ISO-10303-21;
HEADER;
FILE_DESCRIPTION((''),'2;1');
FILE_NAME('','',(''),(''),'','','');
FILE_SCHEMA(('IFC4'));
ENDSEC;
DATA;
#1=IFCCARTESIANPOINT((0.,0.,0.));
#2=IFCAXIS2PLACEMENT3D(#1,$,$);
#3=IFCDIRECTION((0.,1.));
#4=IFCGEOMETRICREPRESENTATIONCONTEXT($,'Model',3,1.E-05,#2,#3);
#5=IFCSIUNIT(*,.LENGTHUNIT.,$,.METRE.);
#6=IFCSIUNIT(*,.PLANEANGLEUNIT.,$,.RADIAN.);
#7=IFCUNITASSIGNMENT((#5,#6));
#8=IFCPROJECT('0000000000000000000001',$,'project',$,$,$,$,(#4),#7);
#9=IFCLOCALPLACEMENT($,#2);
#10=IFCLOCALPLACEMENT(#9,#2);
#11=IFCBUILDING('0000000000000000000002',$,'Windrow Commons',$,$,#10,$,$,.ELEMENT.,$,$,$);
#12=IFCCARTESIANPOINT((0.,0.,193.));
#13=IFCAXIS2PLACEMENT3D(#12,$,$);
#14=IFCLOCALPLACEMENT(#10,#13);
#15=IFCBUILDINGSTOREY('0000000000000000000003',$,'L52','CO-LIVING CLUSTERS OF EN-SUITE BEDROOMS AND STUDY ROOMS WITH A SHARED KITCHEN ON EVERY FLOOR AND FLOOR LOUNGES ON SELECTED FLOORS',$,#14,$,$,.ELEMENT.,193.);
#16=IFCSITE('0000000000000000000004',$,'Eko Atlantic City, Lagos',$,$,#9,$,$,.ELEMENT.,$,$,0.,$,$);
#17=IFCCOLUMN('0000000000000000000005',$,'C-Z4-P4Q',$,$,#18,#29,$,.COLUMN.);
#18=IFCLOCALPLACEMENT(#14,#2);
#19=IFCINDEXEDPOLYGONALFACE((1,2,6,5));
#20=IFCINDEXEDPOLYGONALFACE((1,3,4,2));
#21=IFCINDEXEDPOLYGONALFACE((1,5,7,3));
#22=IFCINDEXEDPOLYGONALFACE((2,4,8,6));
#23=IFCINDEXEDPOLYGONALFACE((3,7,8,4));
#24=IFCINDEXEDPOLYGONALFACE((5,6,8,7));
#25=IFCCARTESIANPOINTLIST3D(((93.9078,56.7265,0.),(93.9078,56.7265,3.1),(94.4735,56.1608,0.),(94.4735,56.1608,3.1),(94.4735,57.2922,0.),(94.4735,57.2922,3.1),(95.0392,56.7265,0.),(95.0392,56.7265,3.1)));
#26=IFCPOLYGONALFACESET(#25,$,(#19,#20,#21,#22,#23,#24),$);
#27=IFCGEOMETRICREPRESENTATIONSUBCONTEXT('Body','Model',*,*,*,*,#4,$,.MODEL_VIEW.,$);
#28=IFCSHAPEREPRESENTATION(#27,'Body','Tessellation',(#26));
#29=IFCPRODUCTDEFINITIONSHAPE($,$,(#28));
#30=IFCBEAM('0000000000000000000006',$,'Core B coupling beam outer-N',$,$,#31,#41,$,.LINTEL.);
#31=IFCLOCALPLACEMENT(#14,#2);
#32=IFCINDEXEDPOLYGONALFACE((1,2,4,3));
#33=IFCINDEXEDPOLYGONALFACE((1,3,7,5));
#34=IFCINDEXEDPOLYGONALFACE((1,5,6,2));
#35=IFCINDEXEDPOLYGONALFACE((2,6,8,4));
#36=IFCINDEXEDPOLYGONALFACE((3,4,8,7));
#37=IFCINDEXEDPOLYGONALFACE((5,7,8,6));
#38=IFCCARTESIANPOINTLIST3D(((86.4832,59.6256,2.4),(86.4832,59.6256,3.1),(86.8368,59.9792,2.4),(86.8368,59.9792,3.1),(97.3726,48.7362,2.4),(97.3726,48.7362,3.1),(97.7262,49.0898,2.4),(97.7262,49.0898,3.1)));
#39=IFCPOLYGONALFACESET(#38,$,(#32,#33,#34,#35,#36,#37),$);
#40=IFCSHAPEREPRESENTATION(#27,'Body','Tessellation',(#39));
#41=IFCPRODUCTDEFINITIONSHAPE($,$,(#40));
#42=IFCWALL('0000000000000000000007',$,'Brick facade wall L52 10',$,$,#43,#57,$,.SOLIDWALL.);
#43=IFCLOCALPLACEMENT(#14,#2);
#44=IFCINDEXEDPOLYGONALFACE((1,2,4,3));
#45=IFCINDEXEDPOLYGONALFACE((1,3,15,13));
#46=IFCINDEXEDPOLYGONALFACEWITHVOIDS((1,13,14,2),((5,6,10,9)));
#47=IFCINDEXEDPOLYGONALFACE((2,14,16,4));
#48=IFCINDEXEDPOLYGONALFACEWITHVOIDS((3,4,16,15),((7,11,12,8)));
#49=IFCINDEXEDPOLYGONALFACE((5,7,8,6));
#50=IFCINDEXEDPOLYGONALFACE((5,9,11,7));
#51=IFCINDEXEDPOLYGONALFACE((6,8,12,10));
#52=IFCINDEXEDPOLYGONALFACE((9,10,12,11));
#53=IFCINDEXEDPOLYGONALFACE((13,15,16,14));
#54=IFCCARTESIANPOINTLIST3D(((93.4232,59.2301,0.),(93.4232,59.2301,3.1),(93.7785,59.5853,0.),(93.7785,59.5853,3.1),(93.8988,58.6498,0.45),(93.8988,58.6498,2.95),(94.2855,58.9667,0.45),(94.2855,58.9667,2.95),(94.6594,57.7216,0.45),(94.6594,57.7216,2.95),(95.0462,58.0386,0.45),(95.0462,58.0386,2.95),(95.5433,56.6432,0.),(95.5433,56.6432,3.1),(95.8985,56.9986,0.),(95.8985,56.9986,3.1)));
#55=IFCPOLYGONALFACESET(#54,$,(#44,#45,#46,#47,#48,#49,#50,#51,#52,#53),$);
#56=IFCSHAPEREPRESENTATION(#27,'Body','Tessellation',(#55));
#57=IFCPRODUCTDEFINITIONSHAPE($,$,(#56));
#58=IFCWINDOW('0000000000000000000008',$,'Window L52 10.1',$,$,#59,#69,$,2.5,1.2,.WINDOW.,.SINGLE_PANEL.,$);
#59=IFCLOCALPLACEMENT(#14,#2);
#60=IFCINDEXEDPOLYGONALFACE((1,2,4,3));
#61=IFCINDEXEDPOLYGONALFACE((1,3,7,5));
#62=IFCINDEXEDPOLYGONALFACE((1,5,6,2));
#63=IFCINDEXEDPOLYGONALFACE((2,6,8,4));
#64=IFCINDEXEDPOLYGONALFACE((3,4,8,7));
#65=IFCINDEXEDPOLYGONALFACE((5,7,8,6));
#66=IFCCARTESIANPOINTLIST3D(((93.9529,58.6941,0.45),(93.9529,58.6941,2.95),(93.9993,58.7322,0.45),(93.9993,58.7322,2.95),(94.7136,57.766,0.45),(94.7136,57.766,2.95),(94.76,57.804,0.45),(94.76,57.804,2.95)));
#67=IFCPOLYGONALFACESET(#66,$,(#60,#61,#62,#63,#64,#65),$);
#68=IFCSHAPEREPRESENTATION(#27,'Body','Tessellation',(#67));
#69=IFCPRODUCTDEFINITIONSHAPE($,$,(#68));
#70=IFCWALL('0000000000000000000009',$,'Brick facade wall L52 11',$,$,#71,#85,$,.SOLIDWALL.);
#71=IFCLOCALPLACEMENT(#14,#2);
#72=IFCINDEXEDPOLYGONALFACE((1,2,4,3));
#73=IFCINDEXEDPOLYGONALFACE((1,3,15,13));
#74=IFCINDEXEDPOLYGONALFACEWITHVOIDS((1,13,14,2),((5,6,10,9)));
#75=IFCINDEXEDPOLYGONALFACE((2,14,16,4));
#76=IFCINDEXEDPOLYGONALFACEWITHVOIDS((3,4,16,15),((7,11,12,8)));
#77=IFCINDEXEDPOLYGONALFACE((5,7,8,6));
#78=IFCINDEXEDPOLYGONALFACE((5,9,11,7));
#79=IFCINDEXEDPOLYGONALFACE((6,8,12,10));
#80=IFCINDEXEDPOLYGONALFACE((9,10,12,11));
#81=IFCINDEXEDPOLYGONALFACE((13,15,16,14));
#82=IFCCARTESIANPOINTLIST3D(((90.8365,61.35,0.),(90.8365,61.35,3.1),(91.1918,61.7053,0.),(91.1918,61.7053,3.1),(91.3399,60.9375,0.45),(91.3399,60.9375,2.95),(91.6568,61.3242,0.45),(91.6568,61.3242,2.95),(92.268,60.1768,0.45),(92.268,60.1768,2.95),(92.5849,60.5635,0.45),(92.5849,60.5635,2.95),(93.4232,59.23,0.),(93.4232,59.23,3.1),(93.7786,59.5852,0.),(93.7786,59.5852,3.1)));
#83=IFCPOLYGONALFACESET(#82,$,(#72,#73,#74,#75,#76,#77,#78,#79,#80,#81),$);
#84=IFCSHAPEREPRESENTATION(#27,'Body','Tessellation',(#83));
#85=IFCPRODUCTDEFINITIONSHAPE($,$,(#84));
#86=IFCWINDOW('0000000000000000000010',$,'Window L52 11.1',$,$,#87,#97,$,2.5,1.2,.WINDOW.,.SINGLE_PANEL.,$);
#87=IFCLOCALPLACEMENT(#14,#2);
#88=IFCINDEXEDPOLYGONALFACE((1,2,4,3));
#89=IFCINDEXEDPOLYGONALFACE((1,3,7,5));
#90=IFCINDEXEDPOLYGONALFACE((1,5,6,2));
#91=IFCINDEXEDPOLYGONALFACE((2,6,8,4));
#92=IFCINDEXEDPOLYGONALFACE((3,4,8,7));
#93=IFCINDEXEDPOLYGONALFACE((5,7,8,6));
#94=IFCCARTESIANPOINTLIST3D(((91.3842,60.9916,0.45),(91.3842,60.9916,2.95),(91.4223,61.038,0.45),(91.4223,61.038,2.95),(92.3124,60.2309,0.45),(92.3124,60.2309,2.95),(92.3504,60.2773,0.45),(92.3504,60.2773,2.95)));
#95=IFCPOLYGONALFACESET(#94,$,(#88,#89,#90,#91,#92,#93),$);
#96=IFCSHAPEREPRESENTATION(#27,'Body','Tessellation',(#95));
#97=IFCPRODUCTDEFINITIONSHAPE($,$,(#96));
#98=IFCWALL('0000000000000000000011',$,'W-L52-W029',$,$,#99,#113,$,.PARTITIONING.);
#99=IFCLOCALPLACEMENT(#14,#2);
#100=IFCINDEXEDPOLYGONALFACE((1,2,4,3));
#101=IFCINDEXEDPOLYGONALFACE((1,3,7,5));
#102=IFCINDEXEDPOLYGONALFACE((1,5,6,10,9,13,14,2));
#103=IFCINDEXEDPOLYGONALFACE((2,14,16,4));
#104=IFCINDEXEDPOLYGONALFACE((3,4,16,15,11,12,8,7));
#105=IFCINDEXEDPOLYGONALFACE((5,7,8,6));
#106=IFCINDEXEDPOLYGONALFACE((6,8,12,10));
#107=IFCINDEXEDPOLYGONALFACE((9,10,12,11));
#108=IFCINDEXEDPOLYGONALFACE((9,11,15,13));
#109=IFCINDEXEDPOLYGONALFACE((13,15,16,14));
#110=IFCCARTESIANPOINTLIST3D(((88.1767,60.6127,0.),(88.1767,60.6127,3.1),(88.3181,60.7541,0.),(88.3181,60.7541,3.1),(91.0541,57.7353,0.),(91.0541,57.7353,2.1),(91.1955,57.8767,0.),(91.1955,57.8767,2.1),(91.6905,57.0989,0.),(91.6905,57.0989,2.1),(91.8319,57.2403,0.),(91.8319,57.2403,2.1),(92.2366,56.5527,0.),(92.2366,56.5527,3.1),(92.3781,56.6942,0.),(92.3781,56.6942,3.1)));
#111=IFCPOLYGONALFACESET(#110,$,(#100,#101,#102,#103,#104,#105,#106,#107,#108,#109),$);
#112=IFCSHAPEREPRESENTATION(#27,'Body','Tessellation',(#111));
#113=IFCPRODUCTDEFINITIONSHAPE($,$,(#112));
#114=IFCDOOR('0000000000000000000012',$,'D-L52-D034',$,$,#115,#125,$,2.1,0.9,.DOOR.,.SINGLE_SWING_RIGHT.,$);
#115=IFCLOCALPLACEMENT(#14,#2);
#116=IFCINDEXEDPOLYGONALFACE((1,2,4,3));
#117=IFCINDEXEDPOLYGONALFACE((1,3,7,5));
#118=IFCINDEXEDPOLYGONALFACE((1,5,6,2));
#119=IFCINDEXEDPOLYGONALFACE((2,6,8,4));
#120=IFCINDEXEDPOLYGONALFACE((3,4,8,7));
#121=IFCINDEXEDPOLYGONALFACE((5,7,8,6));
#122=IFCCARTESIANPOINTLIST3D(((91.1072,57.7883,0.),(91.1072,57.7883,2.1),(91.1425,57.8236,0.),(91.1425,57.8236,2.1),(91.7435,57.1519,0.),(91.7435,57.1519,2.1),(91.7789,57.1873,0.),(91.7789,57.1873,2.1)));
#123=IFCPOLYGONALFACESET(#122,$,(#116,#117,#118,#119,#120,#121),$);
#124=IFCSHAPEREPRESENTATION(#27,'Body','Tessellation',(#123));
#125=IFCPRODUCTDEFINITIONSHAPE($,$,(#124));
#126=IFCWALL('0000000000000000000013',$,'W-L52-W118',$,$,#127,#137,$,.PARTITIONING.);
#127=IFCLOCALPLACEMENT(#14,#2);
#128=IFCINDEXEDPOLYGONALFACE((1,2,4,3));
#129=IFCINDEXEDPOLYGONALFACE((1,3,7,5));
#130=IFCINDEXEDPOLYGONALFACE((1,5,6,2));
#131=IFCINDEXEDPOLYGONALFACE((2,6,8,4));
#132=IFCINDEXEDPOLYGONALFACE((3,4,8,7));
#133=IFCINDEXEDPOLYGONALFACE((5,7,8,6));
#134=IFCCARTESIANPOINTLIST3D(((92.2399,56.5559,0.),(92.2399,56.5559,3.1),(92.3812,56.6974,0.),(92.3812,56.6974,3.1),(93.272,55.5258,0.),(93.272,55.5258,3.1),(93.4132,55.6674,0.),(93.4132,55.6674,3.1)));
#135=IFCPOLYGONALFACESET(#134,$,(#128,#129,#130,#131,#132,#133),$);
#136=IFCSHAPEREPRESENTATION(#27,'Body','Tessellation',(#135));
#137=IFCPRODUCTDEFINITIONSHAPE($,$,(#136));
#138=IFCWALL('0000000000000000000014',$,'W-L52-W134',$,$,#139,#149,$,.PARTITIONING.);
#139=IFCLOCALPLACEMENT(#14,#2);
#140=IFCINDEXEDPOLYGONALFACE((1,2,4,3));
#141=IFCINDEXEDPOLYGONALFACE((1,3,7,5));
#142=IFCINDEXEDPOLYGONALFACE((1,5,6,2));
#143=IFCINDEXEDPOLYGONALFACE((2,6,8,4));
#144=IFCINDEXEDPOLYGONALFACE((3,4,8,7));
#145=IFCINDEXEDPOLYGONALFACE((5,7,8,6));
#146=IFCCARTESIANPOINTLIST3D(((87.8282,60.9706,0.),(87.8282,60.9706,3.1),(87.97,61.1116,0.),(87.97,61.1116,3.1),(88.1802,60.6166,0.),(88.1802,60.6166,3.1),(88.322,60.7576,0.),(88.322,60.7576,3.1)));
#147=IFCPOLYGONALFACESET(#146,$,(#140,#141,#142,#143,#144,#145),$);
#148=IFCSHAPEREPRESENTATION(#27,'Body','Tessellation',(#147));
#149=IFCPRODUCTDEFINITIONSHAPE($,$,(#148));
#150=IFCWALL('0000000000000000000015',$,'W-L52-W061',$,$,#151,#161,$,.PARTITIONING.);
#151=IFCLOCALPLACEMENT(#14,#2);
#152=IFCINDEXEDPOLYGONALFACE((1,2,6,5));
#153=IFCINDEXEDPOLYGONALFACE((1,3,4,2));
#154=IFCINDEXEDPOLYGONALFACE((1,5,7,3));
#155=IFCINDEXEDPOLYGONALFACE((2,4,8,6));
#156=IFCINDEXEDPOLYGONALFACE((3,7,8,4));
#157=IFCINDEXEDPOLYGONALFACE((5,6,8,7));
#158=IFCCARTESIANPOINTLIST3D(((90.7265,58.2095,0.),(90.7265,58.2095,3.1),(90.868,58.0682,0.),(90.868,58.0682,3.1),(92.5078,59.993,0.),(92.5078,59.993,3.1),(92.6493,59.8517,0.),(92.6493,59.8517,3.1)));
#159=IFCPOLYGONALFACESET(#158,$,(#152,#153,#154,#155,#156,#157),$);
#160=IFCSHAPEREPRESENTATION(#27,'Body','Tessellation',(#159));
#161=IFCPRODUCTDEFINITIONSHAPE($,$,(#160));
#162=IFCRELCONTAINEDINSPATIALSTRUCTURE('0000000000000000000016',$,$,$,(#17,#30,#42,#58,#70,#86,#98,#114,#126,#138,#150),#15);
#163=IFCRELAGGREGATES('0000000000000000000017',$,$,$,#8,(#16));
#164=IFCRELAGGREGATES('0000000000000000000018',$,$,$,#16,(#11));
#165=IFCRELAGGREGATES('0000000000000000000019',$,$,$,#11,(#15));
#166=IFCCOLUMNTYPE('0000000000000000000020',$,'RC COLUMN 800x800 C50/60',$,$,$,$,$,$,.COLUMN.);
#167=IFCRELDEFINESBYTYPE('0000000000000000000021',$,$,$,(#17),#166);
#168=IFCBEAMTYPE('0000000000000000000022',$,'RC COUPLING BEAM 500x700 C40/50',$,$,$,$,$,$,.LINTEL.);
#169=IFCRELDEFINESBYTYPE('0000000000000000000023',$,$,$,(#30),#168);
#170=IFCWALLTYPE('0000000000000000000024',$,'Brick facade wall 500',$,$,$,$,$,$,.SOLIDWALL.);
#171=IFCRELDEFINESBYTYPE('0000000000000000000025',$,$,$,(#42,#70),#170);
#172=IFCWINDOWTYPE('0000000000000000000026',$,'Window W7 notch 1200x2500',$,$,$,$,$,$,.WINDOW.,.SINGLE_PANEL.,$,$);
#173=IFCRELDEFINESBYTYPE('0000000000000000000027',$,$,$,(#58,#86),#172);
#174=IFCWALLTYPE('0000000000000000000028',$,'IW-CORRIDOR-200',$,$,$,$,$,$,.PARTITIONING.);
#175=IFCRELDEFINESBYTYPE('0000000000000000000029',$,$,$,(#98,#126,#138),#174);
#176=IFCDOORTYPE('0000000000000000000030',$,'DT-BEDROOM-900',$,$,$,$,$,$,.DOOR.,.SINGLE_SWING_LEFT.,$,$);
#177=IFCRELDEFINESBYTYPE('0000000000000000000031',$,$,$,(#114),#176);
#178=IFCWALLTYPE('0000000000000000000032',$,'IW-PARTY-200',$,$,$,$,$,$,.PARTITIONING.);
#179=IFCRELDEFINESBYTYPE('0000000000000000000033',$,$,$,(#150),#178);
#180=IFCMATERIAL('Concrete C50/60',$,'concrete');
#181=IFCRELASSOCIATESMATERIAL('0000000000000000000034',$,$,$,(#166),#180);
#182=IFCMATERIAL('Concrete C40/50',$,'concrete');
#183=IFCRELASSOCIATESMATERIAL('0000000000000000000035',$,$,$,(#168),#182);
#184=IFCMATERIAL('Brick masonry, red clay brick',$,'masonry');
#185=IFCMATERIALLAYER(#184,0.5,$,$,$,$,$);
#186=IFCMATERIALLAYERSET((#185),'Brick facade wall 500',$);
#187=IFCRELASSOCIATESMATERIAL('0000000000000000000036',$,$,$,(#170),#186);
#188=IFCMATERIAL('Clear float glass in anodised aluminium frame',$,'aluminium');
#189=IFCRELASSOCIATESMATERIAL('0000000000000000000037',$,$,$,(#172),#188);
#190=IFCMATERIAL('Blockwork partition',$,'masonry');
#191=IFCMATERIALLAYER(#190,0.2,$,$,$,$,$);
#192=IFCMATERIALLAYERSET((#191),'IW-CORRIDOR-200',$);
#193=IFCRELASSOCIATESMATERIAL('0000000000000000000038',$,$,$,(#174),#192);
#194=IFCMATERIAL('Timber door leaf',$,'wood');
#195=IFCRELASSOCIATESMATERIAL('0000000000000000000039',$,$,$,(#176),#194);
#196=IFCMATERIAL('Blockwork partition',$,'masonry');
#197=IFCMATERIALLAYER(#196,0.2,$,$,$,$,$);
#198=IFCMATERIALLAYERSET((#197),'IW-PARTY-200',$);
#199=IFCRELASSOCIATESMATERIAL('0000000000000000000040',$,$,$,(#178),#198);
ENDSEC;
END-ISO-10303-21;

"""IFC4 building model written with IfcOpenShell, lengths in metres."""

from ifc_helpers import new_model, si_unit, direction, frame, frame_2d, origin, origin_2d, place, context, subcontext, project, spatial, polyline, rectangle, outline, extrude, material, layer, layer_set, material_profile, profile_set, type_object, element, fill, save


model = new_model("IFC4")

# Units and contexts
model_context = context("Model", 3, precision=1e-05, world=origin(), true_north=direction((0.0, 1.0)))
body_context = subcontext(model_context, "Body", "Model", "MODEL_VIEW")
ifc_project = project(units=[si_unit("LENGTHUNIT", "METRE"), si_unit("PLANEANGLEUNIT", "RADIAN")], contexts=[model_context])

# Site, building, storey
site_placement = place(None, origin())
site = spatial("IfcSite", under=ifc_project, at=site_placement, Name="Eko Atlantic City, Lagos", CompositionType="ELEMENT", RefElevation=0.0)
building_placement = place(site_placement, origin())
building = spatial("IfcBuilding", under=site, at=building_placement, Name="Windrow Commons", CompositionType="ELEMENT")
storey_placement = place(building_placement, frame((0.0, 0.0, 193.0)))
storey = spatial("IfcBuildingStorey", under=building, at=storey_placement, Name="L52", Description="CO-LIVING CLUSTERS OF EN-SUITE BEDROOMS AND STUDY ROOMS WITH A SHARED KITCHEN ON EVERY FLOOR AND FLOOR LOUNGES ON SELECTED FLOORS", CompositionType="ELEMENT", Elevation=193.0)

# Column
ifc_material_1 = material(Name="Concrete C50/60", Category="concrete")
ifc_material_profile_1 = material_profile(ifc_material_1, rectangle(XDim=0.8, YDim=0.8, at=origin_2d()))
ifc_profile_set_1 = profile_set([ifc_material_profile_1], Name="Concrete C50/60")
column_type = type_object("IfcColumnType", Name="RC COLUMN 800x800 C50/60", PredefinedType="COLUMN", material=ifc_profile_set_1)
column_placement = place(storey_placement, frame((94.4735, 56.7265, 0.0), z_axis=(0.0, 0.0, 1.0), x_axis=(0.707107, -0.707107, 0.0)))
element("IfcColumn", 1, at=column_placement, inside=storey, type_object=column_type, Name="C-Z4-P4Q", PredefinedType="COLUMN", context=body_context, shape_type="SweptSolid", body=[
    extrude(rectangle(XDim=0.8, YDim=0.8, at=origin_2d()), origin(), (0.0, 0.0, 1.0), 3.1),
])

# Beam
ifc_material_2 = material(Name="Concrete C40/50", Category="concrete")
ifc_material_profile_2 = material_profile(ifc_material_2, rectangle(XDim=0.5, YDim=0.7, at=origin_2d()))
ifc_profile_set_2 = profile_set([ifc_material_profile_2], Name="Concrete C40/50")
beam_type = type_object("IfcBeamType", Name="RC COUPLING BEAM 500x700 C40/50", PredefinedType="LINTEL", material=ifc_profile_set_2)
beam_placement = place(storey_placement, frame((86.66, 59.8024, 2.75), z_axis=(0.707107, -0.707107, 0.0), x_axis=(0.707107, 0.707107, 0.0)))
element("IfcBeam", 2, at=beam_placement, inside=storey, type_object=beam_type, Name="Core B coupling beam outer-N", PredefinedType="LINTEL", context=body_context, shape_type="SweptSolid", body=[
    extrude(rectangle(XDim=0.5, YDim=0.7, at=origin_2d()), origin(), (0.0, 0.0, 1.0), 15.3999),
])

# Walls, openings, windows
ifc_material_3 = material(Name="Brick masonry, red clay brick", Category="masonry")
ifc_layer_1 = layer(ifc_material_3, 0.5)
ifc_layer_set_1 = layer_set([ifc_layer_1], Name="Brick facade wall 500")
wall_type_1 = type_object("IfcWallType", Name="Brick facade wall 500", PredefinedType="SOLIDWALL", material=ifc_layer_set_1)
wall_1_placement = place(storey_placement, frame((95.7209, 56.8209, 0.0), z_axis=(0.0, 0.0, 1.0), x_axis=(-0.633884, 0.773428, 0.0)))
wall_1 = element("IfcWall", 3, at=wall_1_placement, inside=storey, type_object=wall_type_1, Name="Brick facade wall L52 10", PredefinedType="SOLIDWALL", context=body_context, shape_type="SweptSolid", body=[
    extrude(outline(polyline([(0.0248, -0.25), (3.3693, -0.25), (3.3198, 0.25), (-0.0248, 0.25), (0.0248, -0.25)])), origin(), (0.0, 0.0, 1.0), 3.1),
])
opening_1_placement = place(wall_1_placement, frame((1.3695, 0.0, 0.45)))
opening_1 = element("IfcOpeningElement", 4, at=opening_1_placement, cuts=wall_1, PredefinedType="OPENING", context=body_context, shape_type="SweptSolid", body=[
    extrude(rectangle(XDim=1.2, YDim=2.5, at=frame_2d((0.6, 1.25))), frame((0.0, 0.26, 0.0), z_axis=(0.0, -1.0, 0.0), x_axis=(1.0, 0.0, 0.0)), (0.0, 0.0, 1.0), 0.52),
])
ifc_material_4 = material(Name="Clear float glass in anodised aluminium frame", Category="aluminium")
window_type = type_object("IfcWindowType", Name="Window W7 notch 1200x2500", PartitioningType="SINGLE_PANEL", PredefinedType="WINDOW", material=ifc_material_4)
window_1_placement = place(opening_1_placement, origin())
window_1 = element("IfcWindow", 5, at=window_1_placement, inside=storey, type_object=window_type, Name="Window L52 10.1", OverallHeight=2.5, OverallWidth=1.2, PartitioningType="SINGLE_PANEL", PredefinedType="WINDOW", context=body_context, shape_type="SweptSolid", body=[
    extrude(rectangle(XDim=1.2, YDim=2.5, at=frame_2d((0.6, 1.25))), frame((0.0, 0.18, 0.0), z_axis=(0.0, -1.0, 0.0), x_axis=(1.0, 0.0, 0.0)), (0.0, 0.0, 1.0), 0.06),
])
fill(opening_1, window_1)
wall_2_placement = place(storey_placement, frame((93.6009, 59.4076, 0.0), z_axis=(0.0, 0.0, 1.0), x_axis=(-0.773426, 0.633887, 0.0)))
wall_2 = element("IfcWall", 6, at=wall_2_placement, inside=storey, type_object=wall_type_1, Name="Brick facade wall L52 11", PredefinedType="SOLIDWALL", context=body_context, shape_type="SweptSolid", body=[
    extrude(outline(polyline([(-0.0248, -0.25), (3.3198, -0.25), (3.3693, 0.25), (0.0248, 0.25), (-0.0248, -0.25)])), origin(), (0.0, 0.0, 1.0), 3.1),
])
opening_2_placement = place(wall_2_placement, frame((1.5185, 0.0, 0.45)))
opening_2 = element("IfcOpeningElement", 7, at=opening_2_placement, cuts=wall_2, PredefinedType="OPENING", context=body_context, shape_type="SweptSolid", body=[
    extrude(rectangle(XDim=1.2, YDim=2.5, at=frame_2d((0.6, 1.25))), frame((0.0, 0.26, 0.0), z_axis=(0.0, -1.0, 0.0), x_axis=(1.0, 0.0, 0.0)), (0.0, 0.0, 1.0), 0.52),
])
window_2_placement = place(opening_2_placement, origin())
window_2 = element("IfcWindow", 8, at=window_2_placement, inside=storey, type_object=window_type, Name="Window L52 11.1", OverallHeight=2.5, OverallWidth=1.2, PartitioningType="SINGLE_PANEL", PredefinedType="WINDOW", context=body_context, shape_type="SweptSolid", body=[
    extrude(rectangle(XDim=1.2, YDim=2.5, at=frame_2d((0.6, 1.25))), frame((0.0, 0.18, 0.0), z_axis=(0.0, -1.0, 0.0), x_axis=(1.0, 0.0, 0.0)), (0.0, 0.0, 1.0), 0.06),
])
fill(opening_2, window_2)

# Wall, opening, door
ifc_material_5 = material(Name="Blockwork partition", Category="masonry")
ifc_layer_2 = layer(ifc_material_5, 0.2)
ifc_layer_set_2 = layer_set([ifc_layer_2], Name="IW-CORRIDOR-200")
wall_type_2 = type_object("IfcWallType", Name="IW-CORRIDOR-200", PredefinedType="PARTITIONING", material=ifc_layer_set_2)
wall_3_placement = place(storey_placement, frame((88.2474, 60.6834, 0.0), z_axis=(0.0, 0.0, 1.0), x_axis=(0.707107, -0.707107, 0.0)))
wall_3 = element("IfcWall", 9, at=wall_3_placement, inside=storey, type_object=wall_type_2, Name="W-L52-W029", PredefinedType="PARTITIONING", context=body_context, shape_type="SweptSolid", body=[
    extrude(rectangle(XDim=5.7417, YDim=0.2, at=frame_2d((2.8708, 0.0))), origin(), (0.0, 0.0, 1.0), 3.1),
])
opening_3_placement = place(wall_3_placement, frame((4.0693, 0.0, 0.0)))
opening_3 = element("IfcOpeningElement", 10, at=opening_3_placement, cuts=wall_3, PredefinedType="OPENING", context=body_context, shape_type="SweptSolid", body=[
    extrude(rectangle(XDim=0.9, YDim=2.1, at=frame_2d((0.45, 1.05))), frame((0.0, 0.11, 0.0), z_axis=(0.0, -1.0, 0.0), x_axis=(1.0, 0.0, 0.0)), (0.0, 0.0, 1.0), 0.22),
])
ifc_material_6 = material(Name="Timber door leaf", Category="wood")
door_type_1 = type_object("IfcDoorType", Name="DT-BEDROOM-900", OperationType="SINGLE_SWING_LEFT", PredefinedType="DOOR", material=ifc_material_6)
door_1_placement = place(opening_3_placement, origin())
door_1 = element("IfcDoor", 11, at=door_1_placement, inside=storey, type_object=door_type_1, Name="D-L52-D034", OperationType="SINGLE_SWING_RIGHT", OverallHeight=2.1, OverallWidth=0.9, PredefinedType="DOOR", context=body_context, shape_type="SweptSolid", body=[
    extrude(rectangle(XDim=0.9, YDim=2.1, at=frame_2d((0.45, 1.05))), frame((0.0, 0.025, 0.0), z_axis=(0.0, -1.0, 0.0), x_axis=(1.0, 0.0, 0.0)), (0.0, 0.0, 1.0), 0.05),
])
fill(opening_3, door_1)

# Walls
wall_4_placement = place(storey_placement, frame((92.3106, 56.6266, 0.0), z_axis=(0.0, 0.0, 1.0), x_axis=(0.707792, -0.706421, 0.0)))
element("IfcWall", 12, at=wall_4_placement, inside=storey, type_object=wall_type_2, Name="W-L52-W118", PredefinedType="PARTITIONING", context=body_context, shape_type="SweptSolid", body=[
    extrude(rectangle(XDim=1.4581, YDim=0.2, at=frame_2d((0.729, 0.0))), origin(), (0.0, 0.0, 1.0), 3.1),
])
wall_5_placement = place(storey_placement, frame((87.8991, 61.0411, 0.0), z_axis=(0.0, 0.0, 1.0), x_axis=(0.705101, -0.709107, 0.0)))
element("IfcWall", 13, at=wall_5_placement, inside=storey, type_object=wall_type_2, Name="W-L52-W134", PredefinedType="PARTITIONING", context=body_context, shape_type="SweptSolid", body=[
    extrude(rectangle(XDim=0.4992, YDim=0.2, at=frame_2d((0.2496, 0.0))), origin(), (0.0, 0.0, 1.0), 3.1),
])
ifc_material_7 = material(Name="Blockwork partition", Category="masonry")
ifc_layer_3 = layer(ifc_material_7, 0.2)
ifc_layer_set_3 = layer_set([ifc_layer_3], Name="IW-PARTY-200")
wall_type_3 = type_object("IfcWallType", Name="IW-PARTY-200", PredefinedType="PARTITIONING", material=ifc_layer_set_3)
wall_6_placement = place(storey_placement, frame((90.7972, 58.1388, 0.0), z_axis=(0.0, 0.0, 1.0), x_axis=(0.70667, 0.707543, 0.0)))
element("IfcWall", 14, at=wall_6_placement, inside=storey, type_object=wall_type_3, Name="W-L52-W061", PredefinedType="PARTITIONING", context=body_context, shape_type="SweptSolid", body=[
    extrude(rectangle(XDim=2.5207, YDim=0.2, at=frame_2d((1.2604, 0.0))), origin(), (0.0, 0.0, 1.0), 3.1),
])

save(model, "model.ifc")
